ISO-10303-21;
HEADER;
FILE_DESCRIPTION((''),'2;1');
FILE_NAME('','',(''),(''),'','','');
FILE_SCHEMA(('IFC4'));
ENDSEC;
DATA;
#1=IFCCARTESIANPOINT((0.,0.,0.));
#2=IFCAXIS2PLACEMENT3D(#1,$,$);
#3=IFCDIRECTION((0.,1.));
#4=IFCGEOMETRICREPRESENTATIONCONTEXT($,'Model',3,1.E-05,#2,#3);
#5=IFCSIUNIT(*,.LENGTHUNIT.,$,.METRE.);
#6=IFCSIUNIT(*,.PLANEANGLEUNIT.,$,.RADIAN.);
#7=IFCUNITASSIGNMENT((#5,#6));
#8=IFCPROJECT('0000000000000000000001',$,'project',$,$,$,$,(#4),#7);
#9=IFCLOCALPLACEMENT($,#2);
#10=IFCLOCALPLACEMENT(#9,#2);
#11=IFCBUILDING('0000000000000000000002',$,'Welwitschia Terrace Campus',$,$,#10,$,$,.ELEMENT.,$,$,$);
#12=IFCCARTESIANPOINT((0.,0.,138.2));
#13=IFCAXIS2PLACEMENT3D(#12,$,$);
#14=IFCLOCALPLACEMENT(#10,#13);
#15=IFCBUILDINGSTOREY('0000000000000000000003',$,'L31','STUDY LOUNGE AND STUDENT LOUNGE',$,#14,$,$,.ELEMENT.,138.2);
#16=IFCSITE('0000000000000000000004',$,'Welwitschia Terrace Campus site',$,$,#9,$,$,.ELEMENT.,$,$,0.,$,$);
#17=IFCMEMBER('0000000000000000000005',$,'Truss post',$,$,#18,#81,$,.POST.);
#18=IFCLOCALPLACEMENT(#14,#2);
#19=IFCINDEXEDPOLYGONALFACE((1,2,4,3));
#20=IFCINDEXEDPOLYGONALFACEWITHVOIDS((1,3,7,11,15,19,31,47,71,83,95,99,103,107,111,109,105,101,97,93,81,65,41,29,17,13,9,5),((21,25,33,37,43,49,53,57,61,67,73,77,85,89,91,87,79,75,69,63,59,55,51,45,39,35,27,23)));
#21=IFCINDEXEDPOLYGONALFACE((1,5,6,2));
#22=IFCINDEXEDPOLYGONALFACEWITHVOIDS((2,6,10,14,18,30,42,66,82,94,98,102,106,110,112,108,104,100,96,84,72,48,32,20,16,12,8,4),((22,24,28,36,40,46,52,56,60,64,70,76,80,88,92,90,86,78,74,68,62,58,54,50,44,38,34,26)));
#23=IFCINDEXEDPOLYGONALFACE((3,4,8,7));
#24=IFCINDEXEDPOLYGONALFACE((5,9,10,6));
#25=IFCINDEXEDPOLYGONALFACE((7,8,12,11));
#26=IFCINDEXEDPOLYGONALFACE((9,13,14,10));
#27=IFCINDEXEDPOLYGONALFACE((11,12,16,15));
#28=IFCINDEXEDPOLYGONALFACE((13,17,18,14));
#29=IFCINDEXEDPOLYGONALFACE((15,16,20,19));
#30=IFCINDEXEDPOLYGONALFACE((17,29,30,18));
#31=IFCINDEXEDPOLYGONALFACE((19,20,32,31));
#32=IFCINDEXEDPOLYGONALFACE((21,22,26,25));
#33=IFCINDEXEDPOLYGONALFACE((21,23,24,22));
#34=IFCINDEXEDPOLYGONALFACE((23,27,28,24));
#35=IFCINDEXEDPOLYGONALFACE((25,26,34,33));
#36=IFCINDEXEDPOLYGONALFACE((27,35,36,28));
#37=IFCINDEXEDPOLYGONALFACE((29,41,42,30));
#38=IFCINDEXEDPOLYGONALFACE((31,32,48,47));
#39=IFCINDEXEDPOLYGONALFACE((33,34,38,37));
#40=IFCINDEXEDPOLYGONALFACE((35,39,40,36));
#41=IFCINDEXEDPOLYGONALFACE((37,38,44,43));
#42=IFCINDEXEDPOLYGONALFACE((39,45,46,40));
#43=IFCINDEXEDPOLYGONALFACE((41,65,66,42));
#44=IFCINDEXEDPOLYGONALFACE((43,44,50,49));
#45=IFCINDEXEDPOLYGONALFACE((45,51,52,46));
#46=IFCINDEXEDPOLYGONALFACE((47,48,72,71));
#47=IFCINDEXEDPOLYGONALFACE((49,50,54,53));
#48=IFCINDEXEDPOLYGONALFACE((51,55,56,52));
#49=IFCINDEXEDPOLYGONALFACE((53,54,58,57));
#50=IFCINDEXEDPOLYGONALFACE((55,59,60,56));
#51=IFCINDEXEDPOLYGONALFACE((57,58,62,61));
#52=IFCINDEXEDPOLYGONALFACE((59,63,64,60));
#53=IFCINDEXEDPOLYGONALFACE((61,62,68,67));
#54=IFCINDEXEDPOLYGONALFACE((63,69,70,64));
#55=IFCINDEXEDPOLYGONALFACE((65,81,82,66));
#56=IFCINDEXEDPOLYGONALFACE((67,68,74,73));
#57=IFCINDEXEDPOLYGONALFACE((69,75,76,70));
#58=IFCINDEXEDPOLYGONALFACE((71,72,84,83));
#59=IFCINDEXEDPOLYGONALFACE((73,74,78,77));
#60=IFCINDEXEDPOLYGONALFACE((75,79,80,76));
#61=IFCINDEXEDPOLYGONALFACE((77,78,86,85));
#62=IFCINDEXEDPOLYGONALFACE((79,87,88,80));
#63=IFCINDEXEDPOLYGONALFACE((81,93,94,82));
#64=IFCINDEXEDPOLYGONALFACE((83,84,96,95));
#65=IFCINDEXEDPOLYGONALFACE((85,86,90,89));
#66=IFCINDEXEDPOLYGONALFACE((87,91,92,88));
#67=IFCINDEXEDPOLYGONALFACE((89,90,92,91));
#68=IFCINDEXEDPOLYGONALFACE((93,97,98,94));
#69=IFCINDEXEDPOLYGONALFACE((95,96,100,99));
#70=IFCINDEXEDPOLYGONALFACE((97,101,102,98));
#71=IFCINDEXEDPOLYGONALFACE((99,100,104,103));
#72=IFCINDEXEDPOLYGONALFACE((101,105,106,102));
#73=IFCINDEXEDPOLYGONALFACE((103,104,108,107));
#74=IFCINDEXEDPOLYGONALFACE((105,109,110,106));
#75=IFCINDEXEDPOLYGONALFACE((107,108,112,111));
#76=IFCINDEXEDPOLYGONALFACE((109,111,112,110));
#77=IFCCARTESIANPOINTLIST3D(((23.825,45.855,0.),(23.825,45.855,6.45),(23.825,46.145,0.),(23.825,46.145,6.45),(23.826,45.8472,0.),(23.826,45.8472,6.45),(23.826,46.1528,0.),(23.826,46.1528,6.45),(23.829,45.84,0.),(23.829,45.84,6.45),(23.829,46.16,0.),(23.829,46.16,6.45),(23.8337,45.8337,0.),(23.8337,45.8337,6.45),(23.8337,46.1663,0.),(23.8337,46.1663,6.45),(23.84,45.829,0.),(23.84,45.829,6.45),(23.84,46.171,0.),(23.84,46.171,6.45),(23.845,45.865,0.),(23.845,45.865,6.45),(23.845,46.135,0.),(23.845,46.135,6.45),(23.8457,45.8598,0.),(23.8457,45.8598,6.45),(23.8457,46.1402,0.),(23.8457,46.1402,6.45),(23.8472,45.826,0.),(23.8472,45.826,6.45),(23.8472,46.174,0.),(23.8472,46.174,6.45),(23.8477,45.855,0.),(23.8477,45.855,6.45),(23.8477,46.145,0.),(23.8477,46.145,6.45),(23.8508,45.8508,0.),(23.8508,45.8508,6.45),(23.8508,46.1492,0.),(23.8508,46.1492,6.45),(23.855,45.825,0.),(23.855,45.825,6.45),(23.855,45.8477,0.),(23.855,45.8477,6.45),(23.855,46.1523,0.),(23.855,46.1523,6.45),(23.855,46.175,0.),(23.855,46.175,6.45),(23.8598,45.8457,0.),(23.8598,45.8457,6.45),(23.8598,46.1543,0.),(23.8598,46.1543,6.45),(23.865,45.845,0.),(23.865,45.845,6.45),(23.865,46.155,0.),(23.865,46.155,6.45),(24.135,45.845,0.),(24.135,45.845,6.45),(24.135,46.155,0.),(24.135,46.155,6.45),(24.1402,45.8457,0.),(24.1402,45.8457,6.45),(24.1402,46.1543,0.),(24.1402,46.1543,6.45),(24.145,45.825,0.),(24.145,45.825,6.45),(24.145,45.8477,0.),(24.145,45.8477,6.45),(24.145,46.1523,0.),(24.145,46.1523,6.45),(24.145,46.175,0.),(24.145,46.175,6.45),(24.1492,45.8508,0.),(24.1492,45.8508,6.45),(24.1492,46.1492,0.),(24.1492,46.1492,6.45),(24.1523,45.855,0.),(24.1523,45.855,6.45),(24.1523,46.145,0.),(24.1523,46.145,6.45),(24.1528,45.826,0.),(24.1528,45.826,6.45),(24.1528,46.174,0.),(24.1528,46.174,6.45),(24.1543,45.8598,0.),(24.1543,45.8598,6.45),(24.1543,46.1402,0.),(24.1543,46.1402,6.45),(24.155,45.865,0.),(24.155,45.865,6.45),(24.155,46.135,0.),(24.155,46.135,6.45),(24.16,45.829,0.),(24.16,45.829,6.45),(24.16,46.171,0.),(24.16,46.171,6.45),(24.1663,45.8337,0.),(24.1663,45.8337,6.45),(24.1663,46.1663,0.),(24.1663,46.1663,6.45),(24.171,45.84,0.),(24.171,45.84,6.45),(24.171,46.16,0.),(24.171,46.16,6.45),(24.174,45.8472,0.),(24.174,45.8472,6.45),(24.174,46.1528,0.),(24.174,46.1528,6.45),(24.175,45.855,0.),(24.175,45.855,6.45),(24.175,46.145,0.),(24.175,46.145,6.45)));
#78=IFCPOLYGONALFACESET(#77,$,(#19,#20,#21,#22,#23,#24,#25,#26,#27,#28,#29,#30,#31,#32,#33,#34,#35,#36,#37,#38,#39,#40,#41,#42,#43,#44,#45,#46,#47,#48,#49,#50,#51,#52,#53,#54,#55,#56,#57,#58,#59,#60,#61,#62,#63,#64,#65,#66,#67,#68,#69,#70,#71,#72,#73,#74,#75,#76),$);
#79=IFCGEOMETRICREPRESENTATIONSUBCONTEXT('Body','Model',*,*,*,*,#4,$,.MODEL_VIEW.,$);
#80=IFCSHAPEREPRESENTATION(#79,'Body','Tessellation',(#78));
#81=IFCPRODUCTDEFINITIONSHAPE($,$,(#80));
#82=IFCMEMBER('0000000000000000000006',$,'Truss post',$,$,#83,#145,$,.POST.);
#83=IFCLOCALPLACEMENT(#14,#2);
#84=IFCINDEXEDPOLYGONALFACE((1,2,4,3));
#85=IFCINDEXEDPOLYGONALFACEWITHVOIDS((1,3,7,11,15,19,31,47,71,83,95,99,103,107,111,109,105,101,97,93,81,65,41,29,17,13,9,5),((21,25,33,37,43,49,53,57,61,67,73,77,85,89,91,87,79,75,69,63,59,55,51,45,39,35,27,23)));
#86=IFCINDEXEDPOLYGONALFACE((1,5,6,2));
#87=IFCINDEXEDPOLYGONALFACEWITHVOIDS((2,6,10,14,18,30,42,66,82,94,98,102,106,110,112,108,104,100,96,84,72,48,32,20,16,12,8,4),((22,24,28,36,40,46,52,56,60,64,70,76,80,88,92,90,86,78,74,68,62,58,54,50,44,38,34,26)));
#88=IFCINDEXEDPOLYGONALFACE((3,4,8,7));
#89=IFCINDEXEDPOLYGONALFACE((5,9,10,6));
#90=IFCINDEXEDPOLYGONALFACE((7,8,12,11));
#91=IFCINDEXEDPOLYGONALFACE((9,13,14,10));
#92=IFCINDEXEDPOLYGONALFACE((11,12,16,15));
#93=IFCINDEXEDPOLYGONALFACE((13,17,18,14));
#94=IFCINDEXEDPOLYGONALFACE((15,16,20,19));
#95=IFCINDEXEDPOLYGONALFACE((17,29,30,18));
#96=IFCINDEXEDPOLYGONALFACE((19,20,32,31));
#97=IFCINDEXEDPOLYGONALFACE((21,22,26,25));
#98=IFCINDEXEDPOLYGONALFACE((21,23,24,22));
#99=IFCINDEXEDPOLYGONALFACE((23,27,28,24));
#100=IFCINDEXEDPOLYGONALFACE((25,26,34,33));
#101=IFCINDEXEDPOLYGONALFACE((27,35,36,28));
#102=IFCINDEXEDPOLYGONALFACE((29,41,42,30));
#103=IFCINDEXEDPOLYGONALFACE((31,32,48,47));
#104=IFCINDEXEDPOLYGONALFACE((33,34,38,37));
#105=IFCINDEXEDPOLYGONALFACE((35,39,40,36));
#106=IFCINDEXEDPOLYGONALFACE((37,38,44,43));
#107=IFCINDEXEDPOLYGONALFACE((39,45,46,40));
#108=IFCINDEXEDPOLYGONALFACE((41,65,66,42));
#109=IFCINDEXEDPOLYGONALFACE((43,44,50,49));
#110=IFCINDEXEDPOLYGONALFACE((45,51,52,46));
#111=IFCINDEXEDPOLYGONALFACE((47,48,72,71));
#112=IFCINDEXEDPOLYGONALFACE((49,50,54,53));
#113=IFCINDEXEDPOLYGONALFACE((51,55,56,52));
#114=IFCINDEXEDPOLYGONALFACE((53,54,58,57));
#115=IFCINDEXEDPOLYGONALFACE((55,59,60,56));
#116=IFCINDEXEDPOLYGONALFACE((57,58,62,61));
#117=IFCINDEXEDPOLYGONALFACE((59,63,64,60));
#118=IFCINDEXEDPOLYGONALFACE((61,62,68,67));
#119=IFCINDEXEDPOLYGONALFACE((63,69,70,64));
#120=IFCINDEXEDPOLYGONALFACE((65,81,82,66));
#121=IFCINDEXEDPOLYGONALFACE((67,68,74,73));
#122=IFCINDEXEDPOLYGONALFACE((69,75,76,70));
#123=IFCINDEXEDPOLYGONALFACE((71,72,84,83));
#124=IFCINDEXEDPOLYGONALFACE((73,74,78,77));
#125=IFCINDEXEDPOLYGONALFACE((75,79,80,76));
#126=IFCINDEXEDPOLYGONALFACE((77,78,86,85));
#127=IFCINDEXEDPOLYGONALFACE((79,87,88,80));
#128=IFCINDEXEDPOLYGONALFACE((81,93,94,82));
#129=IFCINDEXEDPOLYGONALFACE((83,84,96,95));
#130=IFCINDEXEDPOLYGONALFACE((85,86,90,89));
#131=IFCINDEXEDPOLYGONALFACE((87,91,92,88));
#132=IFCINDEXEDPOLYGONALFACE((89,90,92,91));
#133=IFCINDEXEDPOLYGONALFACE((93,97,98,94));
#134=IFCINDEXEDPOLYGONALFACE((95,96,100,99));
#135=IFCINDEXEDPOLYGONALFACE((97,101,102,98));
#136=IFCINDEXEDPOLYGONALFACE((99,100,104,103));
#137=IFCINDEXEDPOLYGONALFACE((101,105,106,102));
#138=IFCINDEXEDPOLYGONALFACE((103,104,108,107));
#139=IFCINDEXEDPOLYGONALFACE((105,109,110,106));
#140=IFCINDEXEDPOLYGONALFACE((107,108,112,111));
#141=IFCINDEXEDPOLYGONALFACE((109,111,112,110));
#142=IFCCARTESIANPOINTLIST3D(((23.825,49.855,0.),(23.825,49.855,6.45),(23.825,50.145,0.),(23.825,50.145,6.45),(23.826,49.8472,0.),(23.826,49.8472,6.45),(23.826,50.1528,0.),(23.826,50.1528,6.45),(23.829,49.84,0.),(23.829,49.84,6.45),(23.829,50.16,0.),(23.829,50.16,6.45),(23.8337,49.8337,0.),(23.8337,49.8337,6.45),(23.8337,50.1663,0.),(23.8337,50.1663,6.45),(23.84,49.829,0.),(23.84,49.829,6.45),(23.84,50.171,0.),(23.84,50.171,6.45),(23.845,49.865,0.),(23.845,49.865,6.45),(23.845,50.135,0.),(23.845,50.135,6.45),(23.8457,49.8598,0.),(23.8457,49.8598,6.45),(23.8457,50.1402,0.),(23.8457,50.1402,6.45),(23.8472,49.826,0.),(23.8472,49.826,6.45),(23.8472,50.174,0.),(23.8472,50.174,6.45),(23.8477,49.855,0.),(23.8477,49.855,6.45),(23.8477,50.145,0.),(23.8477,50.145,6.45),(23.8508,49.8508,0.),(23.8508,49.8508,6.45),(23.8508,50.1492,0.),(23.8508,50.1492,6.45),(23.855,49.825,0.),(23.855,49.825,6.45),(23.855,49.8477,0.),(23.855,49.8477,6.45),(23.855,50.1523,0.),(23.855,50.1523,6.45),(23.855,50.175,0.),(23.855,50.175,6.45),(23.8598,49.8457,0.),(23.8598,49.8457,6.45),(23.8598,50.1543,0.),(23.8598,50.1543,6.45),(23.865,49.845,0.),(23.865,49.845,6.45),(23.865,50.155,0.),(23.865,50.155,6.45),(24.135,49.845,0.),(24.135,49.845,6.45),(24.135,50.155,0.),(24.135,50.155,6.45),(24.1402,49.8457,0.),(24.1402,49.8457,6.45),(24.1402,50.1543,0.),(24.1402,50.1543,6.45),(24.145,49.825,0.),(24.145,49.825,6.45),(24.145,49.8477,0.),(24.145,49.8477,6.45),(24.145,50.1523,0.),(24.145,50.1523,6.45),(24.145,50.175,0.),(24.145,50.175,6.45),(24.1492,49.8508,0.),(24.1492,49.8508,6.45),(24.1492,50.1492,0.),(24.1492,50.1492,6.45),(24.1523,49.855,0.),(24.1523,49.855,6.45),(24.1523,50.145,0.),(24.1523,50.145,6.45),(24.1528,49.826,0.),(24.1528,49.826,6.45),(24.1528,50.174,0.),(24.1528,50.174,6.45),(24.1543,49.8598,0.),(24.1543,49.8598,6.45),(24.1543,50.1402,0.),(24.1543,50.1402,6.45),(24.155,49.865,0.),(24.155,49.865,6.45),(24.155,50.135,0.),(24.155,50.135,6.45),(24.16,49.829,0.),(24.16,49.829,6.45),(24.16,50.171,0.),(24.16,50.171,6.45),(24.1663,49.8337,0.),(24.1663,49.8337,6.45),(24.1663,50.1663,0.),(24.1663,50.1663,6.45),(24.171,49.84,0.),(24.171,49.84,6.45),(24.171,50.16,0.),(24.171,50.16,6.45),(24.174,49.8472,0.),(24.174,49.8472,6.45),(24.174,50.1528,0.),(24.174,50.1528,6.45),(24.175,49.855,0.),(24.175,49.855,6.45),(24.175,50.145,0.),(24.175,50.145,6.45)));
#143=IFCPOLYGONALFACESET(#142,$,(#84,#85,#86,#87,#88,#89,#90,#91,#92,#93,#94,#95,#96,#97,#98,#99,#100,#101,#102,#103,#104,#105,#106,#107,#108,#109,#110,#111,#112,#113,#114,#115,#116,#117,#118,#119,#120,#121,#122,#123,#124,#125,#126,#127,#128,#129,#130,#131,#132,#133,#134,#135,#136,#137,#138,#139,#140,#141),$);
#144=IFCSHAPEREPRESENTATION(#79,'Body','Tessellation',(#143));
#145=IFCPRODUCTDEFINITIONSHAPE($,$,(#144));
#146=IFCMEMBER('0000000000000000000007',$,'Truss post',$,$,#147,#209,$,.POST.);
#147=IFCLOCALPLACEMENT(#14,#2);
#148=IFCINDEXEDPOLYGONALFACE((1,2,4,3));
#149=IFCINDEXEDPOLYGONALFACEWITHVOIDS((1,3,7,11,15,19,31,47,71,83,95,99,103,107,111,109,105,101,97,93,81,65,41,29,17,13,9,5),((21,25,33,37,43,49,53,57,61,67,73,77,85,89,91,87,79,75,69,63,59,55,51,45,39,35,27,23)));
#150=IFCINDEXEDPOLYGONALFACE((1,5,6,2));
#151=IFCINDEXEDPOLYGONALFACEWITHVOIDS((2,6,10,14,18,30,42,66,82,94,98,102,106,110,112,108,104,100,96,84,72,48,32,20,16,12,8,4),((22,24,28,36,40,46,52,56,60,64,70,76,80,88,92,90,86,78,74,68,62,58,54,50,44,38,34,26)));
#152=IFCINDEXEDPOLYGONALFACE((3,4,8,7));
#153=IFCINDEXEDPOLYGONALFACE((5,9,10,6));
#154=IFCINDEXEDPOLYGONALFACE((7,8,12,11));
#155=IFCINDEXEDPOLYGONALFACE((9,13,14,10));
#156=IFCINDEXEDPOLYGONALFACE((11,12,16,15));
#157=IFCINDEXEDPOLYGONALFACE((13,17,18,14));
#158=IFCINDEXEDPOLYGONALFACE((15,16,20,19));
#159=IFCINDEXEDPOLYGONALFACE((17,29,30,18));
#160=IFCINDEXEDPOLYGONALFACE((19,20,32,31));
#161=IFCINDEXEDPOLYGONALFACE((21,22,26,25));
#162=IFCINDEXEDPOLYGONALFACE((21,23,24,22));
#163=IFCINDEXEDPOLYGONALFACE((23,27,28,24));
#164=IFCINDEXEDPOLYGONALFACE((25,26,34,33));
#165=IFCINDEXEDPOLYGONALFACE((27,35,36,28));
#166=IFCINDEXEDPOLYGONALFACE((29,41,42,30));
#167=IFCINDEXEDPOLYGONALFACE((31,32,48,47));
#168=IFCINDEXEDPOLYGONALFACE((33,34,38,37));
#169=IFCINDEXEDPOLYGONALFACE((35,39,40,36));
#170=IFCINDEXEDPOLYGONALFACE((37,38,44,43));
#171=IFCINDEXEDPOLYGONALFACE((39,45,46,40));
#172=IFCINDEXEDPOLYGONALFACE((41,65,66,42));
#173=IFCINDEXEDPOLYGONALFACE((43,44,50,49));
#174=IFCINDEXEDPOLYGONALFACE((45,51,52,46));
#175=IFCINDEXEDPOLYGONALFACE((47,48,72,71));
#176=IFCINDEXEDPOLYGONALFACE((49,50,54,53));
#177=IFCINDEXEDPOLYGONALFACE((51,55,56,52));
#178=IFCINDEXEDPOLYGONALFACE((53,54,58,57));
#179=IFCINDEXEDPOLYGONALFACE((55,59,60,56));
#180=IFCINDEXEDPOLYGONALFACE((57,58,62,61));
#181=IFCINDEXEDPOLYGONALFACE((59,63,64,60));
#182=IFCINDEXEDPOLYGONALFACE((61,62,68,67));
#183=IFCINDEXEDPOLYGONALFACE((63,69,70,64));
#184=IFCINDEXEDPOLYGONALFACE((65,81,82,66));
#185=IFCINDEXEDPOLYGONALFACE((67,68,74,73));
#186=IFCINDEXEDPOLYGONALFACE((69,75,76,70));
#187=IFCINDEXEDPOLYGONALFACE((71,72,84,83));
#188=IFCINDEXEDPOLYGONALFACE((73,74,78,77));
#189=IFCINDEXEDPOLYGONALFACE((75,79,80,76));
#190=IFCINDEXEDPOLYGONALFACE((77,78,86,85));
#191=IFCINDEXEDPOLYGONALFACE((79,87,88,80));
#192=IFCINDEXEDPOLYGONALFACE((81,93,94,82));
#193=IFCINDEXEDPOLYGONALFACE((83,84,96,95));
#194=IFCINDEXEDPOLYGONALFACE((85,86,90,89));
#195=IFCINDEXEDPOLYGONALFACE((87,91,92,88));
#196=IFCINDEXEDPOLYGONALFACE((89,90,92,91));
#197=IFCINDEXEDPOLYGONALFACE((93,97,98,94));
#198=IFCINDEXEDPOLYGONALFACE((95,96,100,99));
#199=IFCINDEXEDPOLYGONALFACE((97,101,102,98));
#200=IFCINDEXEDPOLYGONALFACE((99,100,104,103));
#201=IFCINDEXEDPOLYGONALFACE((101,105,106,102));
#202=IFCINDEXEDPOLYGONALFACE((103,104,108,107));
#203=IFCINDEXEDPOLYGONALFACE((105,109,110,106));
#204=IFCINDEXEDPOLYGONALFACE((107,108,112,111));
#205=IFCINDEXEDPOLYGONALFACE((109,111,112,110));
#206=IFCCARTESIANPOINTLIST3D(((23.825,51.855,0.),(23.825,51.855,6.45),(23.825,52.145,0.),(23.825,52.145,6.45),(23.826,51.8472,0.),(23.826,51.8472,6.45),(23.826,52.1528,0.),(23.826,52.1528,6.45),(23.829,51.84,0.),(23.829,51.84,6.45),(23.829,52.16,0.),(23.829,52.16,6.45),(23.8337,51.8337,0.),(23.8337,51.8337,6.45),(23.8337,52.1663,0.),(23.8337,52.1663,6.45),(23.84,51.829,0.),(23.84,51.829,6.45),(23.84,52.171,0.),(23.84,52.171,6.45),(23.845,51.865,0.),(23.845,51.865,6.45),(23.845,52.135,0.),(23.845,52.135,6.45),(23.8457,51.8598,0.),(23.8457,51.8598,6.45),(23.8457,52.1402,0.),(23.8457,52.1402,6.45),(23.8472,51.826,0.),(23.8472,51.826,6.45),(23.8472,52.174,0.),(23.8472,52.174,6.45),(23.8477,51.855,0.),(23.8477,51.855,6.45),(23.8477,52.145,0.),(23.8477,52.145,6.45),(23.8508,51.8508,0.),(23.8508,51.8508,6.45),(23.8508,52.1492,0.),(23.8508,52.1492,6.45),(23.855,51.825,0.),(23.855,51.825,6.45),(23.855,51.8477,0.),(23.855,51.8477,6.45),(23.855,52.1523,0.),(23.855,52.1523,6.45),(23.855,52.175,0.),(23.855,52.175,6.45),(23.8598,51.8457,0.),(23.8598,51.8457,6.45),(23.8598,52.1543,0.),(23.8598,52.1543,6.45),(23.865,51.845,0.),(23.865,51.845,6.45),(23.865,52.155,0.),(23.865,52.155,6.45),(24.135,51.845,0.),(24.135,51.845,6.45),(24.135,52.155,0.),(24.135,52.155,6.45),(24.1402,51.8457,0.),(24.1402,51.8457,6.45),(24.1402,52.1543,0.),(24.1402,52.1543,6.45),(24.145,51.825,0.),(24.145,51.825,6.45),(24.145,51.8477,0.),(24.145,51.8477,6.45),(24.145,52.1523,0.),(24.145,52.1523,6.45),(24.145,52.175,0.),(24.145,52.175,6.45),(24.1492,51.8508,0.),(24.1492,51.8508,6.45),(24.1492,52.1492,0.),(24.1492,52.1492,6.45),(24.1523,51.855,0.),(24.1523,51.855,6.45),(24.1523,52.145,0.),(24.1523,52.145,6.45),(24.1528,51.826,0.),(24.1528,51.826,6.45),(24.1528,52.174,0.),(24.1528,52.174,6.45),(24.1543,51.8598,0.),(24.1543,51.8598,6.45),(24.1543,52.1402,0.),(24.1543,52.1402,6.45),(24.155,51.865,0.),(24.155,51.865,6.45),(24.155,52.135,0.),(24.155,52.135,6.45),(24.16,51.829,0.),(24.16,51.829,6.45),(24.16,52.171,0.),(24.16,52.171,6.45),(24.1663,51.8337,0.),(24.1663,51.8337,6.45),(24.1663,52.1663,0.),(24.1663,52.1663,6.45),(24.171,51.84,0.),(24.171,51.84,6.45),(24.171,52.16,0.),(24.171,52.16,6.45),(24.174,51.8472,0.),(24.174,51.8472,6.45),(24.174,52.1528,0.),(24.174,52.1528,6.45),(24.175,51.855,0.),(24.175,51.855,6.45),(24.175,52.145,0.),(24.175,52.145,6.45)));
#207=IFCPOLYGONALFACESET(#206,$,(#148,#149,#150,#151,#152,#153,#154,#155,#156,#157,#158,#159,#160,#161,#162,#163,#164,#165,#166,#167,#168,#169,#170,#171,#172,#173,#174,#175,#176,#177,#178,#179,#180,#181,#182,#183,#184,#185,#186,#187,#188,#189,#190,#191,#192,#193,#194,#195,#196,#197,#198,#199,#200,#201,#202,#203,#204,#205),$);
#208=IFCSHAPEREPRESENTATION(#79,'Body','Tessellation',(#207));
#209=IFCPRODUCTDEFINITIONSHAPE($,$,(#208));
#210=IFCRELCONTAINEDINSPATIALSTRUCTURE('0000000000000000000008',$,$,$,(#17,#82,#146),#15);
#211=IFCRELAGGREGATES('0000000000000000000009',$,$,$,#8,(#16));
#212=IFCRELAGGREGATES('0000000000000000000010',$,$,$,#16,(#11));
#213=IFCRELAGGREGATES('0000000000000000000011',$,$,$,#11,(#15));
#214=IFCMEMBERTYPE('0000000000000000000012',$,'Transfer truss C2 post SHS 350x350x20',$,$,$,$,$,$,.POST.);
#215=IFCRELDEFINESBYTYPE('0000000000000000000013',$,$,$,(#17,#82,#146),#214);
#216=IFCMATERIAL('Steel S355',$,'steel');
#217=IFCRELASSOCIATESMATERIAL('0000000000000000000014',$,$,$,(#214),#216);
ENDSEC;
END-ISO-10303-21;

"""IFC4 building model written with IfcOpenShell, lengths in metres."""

from ifc_helpers import new_model, si_unit, direction, frame, origin, origin_2d, place, context, subcontext, project, spatial, hollow_rectangle, extrude, material, material_profile, profile_set, type_object, element, save


model = new_model("IFC4")

# Units and contexts
model_context = context("Model", 3, precision=1e-05, world=origin(), true_north=direction((0.0, 1.0)))
body_context = subcontext(model_context, "Body", "Model", "MODEL_VIEW")
ifc_project = project(units=[si_unit("LENGTHUNIT", "METRE"), si_unit("PLANEANGLEUNIT", "RADIAN")], contexts=[model_context])

# Site, building, storey
site_placement = place(None, origin())
site = spatial("IfcSite", under=ifc_project, at=site_placement, Name="Welwitschia Terrace Campus site", CompositionType="ELEMENT", RefElevation=0.0)
building_placement = place(site_placement, origin())
building = spatial("IfcBuilding", under=site, at=building_placement, Name="Welwitschia Terrace Campus", CompositionType="ELEMENT")
storey_placement = place(building_placement, frame((0.0, 0.0, 138.2)))
storey = spatial("IfcBuildingStorey", under=building, at=storey_placement, Name="L31", Description="STUDY LOUNGE AND STUDENT LOUNGE", CompositionType="ELEMENT", Elevation=138.2)

# Members
ifc_material_1 = material(Name="Steel S355", Category="steel")
ifc_material_profile_1 = material_profile(ifc_material_1, hollow_rectangle(XDim=0.3501, YDim=0.3501, WallThickness=0.02, InnerFilletRadius=0.02, OuterFilletRadius=0.03, at=origin_2d()))
ifc_profile_set_1 = profile_set([ifc_material_profile_1], Name="Steel S355")
member_type_1 = type_object("IfcMemberType", Name="Transfer truss C2 post SHS 350x350x20", PredefinedType="POST", material=ifc_profile_set_1)
for number, where, z_axis, x_axis, name in (
    (1, (24.0, 46.0, 0.0), (0.0, 0.0, 1.0), (1.0, 0.0, 0.0), "Truss post"),
    (2, (24.0, 50.0, 0.0), (0.0, 0.0, 1.0), (1.0, 0.0, 0.0), "Truss post"),
    (3, (24.0, 52.0, 0.0), (0.0, 0.0, 1.0), (1.0, 0.0, 0.0), "Truss post"),
):
    element("IfcMember", number, at=place(storey_placement, frame(where, z_axis=z_axis, x_axis=x_axis)), inside=storey, type_object=member_type_1, Name=name, PredefinedType="POST", context=body_context, shape_type="SweptSolid", body=[
        extrude(hollow_rectangle(XDim=0.3501, YDim=0.3501, WallThickness=0.02, InnerFilletRadius=0.02, OuterFilletRadius=0.03, at=origin_2d()), origin(), (0.0, 0.0, 1.0), 6.45),
    ])

save(model, "model.ifc")
